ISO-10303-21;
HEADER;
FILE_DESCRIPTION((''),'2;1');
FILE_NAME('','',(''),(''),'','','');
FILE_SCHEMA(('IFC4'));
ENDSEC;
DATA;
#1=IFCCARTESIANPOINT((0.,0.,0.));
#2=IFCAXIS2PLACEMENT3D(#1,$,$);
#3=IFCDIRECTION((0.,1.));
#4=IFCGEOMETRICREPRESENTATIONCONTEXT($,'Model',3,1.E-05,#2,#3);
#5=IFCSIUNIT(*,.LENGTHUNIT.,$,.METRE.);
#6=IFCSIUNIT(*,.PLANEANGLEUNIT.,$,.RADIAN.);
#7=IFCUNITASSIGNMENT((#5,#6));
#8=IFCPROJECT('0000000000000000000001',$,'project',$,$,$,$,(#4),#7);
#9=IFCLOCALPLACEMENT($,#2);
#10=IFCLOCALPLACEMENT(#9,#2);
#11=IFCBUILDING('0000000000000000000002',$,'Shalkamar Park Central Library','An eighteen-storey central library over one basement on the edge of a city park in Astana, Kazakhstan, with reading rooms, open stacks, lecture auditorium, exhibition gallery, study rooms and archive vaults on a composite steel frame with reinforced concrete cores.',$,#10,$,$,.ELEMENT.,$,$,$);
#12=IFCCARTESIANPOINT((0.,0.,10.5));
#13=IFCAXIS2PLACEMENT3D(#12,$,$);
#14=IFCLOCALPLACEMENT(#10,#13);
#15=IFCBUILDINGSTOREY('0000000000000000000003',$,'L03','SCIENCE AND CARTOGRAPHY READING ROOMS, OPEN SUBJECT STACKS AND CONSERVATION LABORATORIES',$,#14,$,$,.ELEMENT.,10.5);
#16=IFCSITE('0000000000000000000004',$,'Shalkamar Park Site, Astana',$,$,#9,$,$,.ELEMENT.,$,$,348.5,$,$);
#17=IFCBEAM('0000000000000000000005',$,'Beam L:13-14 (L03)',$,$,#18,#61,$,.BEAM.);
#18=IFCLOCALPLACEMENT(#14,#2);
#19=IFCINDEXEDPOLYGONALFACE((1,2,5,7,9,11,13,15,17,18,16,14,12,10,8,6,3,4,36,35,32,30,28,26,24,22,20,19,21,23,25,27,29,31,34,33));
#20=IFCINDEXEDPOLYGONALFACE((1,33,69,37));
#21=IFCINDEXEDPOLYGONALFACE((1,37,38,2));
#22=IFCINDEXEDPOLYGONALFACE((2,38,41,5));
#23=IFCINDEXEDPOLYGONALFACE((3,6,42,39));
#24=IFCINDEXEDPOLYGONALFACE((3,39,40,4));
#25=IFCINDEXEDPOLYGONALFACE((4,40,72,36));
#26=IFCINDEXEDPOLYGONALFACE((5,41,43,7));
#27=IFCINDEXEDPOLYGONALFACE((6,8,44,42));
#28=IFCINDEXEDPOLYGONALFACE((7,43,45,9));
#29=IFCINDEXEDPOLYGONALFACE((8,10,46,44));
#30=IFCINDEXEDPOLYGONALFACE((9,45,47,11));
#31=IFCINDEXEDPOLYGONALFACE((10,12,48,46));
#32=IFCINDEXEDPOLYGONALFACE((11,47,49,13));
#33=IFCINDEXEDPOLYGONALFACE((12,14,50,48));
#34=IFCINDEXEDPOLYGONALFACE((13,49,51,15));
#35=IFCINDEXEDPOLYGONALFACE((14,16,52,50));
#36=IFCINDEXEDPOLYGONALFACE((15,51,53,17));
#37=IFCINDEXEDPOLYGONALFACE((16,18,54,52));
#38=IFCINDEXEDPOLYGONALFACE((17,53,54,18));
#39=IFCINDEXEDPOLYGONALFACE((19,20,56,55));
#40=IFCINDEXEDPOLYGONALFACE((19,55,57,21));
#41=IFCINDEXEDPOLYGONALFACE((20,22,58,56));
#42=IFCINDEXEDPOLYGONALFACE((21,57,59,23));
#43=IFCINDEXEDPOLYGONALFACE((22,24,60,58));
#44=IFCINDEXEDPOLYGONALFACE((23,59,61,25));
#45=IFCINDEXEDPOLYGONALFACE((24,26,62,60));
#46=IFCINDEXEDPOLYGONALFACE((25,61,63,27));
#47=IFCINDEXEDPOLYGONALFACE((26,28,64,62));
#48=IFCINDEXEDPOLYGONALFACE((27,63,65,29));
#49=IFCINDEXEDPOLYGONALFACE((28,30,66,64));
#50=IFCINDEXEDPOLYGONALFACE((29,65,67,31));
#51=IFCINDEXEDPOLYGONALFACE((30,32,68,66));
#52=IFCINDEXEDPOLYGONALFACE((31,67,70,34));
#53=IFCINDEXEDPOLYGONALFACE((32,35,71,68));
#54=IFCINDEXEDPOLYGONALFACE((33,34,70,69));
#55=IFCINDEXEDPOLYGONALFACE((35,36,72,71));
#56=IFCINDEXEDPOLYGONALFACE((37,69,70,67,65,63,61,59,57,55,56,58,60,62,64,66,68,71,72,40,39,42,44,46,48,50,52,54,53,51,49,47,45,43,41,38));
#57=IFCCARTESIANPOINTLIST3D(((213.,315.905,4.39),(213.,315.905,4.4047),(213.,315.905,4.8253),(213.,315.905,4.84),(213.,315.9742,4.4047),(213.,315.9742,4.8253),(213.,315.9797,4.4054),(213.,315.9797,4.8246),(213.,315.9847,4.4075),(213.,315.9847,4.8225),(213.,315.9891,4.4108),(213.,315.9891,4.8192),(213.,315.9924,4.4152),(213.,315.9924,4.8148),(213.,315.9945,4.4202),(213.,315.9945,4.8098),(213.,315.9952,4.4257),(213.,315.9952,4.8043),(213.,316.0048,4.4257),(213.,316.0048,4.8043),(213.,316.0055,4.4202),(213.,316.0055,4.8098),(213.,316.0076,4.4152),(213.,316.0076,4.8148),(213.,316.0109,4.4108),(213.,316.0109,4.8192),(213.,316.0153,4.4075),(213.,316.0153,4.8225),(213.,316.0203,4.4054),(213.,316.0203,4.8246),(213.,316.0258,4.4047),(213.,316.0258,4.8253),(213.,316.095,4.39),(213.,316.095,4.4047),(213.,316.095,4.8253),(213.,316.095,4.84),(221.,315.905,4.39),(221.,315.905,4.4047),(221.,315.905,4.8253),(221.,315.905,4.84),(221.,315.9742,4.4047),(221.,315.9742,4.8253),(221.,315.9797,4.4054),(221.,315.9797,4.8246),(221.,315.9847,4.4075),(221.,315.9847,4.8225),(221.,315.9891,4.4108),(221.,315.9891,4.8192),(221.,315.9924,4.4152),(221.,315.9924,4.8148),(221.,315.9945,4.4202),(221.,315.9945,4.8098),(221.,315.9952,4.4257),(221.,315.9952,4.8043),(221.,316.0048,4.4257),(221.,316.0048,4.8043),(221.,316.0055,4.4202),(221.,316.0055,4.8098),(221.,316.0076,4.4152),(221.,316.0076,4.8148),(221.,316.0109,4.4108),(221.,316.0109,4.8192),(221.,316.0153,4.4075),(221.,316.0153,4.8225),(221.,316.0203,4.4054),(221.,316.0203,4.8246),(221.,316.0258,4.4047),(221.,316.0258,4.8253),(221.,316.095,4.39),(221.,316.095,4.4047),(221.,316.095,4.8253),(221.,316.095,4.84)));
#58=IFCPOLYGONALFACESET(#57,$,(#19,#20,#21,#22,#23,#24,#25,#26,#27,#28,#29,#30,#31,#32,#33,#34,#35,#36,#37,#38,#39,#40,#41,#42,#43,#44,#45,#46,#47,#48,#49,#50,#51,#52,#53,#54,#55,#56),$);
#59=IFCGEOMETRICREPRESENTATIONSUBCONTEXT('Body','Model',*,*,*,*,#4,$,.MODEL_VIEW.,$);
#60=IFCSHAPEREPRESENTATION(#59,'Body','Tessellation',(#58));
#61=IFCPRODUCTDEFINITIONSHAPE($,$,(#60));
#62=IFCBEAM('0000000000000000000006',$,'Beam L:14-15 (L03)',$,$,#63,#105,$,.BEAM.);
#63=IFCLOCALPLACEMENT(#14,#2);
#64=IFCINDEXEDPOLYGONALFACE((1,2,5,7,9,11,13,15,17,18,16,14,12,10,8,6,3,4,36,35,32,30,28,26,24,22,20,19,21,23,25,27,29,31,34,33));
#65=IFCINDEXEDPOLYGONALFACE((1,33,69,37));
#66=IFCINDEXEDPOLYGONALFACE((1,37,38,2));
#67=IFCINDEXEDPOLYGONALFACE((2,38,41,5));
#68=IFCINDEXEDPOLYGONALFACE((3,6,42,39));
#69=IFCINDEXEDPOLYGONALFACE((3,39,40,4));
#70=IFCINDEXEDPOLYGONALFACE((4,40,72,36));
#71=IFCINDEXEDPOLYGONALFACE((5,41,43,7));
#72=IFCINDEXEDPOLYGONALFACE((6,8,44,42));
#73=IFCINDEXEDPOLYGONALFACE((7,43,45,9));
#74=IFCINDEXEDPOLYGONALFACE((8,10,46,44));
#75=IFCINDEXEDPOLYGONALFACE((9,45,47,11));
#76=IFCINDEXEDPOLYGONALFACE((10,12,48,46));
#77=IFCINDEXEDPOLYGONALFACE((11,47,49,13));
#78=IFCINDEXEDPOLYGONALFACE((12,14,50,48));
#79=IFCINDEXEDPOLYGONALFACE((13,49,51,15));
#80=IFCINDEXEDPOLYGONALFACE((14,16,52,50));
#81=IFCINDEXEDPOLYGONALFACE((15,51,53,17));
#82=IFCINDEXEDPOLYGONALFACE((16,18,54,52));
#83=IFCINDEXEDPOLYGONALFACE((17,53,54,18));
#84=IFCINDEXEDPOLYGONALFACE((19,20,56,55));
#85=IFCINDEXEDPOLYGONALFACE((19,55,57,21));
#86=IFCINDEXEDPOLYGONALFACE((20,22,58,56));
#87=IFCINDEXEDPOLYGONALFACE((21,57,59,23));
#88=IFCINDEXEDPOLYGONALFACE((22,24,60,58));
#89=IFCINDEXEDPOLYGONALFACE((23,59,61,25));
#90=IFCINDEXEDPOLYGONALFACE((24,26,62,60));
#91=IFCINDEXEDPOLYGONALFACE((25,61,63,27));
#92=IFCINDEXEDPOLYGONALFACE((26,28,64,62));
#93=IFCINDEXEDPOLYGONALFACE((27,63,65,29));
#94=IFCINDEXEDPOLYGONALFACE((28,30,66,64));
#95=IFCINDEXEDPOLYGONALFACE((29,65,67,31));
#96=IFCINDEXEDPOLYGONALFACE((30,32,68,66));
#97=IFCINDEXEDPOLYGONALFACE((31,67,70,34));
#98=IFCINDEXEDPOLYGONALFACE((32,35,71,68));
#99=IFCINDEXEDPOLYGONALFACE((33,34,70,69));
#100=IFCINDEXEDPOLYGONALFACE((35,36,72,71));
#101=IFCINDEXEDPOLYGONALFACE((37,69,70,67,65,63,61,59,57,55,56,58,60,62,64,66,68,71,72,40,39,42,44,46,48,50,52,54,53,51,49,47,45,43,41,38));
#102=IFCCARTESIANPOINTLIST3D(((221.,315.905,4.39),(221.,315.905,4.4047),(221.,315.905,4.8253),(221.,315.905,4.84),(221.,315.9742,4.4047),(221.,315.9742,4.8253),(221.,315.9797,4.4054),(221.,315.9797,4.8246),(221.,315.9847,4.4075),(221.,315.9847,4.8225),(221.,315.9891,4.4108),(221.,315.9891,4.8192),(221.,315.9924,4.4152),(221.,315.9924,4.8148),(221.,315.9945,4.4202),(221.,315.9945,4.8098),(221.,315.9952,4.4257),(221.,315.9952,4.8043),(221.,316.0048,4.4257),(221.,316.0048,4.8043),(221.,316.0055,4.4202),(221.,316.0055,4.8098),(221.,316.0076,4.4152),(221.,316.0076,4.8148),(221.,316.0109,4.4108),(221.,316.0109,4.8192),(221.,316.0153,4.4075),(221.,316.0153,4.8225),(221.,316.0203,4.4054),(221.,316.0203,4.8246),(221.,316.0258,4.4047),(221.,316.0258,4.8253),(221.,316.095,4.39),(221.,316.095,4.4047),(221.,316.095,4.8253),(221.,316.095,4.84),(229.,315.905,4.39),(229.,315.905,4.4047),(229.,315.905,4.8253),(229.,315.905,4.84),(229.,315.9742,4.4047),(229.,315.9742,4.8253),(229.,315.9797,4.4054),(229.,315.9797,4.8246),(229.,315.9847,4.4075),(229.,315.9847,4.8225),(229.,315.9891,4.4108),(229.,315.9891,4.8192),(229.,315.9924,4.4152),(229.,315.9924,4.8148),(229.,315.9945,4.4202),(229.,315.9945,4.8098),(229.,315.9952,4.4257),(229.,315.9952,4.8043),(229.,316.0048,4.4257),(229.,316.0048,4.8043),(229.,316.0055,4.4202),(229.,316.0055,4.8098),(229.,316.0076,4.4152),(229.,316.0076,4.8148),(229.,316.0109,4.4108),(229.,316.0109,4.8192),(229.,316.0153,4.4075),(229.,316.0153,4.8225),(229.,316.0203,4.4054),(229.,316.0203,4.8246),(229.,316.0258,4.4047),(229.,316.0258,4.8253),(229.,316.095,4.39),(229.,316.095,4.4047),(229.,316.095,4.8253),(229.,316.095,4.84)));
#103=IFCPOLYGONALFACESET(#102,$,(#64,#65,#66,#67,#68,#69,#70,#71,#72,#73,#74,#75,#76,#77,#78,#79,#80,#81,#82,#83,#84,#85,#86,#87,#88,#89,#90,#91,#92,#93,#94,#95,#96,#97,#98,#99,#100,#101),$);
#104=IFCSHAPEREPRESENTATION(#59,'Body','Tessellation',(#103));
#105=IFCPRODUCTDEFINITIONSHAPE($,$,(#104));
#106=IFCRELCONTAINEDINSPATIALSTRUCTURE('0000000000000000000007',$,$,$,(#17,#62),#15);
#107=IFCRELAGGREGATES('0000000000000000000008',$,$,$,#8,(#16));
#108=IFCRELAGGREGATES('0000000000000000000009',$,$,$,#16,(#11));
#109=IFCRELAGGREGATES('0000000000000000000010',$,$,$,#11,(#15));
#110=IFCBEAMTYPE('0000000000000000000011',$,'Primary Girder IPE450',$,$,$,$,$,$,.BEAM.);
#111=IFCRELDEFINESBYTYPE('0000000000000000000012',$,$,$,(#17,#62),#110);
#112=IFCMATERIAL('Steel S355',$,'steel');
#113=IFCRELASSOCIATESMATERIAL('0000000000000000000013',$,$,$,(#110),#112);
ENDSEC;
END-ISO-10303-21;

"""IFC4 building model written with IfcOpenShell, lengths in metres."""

from ifc_helpers import new_model, si_unit, direction, frame, origin, origin_2d, place, context, subcontext, project, spatial, i_section, extrude, material, material_profile, profile_set, type_object, element, save


model = new_model("IFC4")

# Units and contexts
model_context = context("Model", 3, precision=1e-05, world=origin(), true_north=direction((0.0, 1.0)))
body_context = subcontext(model_context, "Body", "Model", "MODEL_VIEW")
ifc_project = project(units=[si_unit("LENGTHUNIT", "METRE"), si_unit("PLANEANGLEUNIT", "RADIAN")], contexts=[model_context])

# Site, building, storey
site_placement = place(None, origin())
site = spatial("IfcSite", under=ifc_project, at=site_placement, Name="Shalkamar Park Site, Astana", CompositionType="ELEMENT", RefElevation=348.5)
building_placement = place(site_placement, origin())
building = spatial("IfcBuilding", under=site, at=building_placement, Name="Shalkamar Park Central Library", Description="An eighteen-storey central library over one basement on the edge of a city park in Astana, Kazakhstan, with reading rooms, open stacks, lecture auditorium, exhibition gallery, study rooms and archive vaults on a composite steel frame with reinforced concrete cores.", CompositionType="ELEMENT")
storey_placement = place(building_placement, frame((0.0, 0.0, 10.5)))
storey = spatial("IfcBuildingStorey", under=building, at=storey_placement, Name="L03", Description="SCIENCE AND CARTOGRAPHY READING ROOMS, OPEN SUBJECT STACKS AND CONSERVATION LABORATORIES", CompositionType="ELEMENT", Elevation=10.5)

# Shared definitions
ifc_material = material(Name="Steel S355", Category="steel")

# Beams
ifc_material_profile_1 = material_profile(ifc_material, i_section(OverallWidth=0.1899, OverallDepth=0.45, WebThickness=0.0095, FlangeThickness=0.0146, FilletRadius=0.021, at=origin_2d()), Name="IPE 450")
ifc_profile_set_1 = profile_set([ifc_material_profile_1], Name="Steel S355")
beam_type_1 = type_object("IfcBeamType", Name="Primary Girder IPE450", PredefinedType="BEAM", material=ifc_profile_set_1)
for number, where, z_axis, x_axis, name in (
    (1, (213.0, 316.0, 4.615), (1.0, 0.0, 0.0), (0.0, 1.0, 0.0), "Beam L:13-14 (L03)"),
    (2, (221.0, 316.0, 4.615), (1.0, 0.0, 0.0), (0.0, 1.0, 0.0), "Beam L:14-15 (L03)"),
):
    element("IfcBeam", number, at=place(storey_placement, frame(where, z_axis=z_axis, x_axis=x_axis)), inside=storey, type_object=beam_type_1, Name=name, PredefinedType="BEAM", context=body_context, shape_type="SweptSolid", body=[
        extrude(i_section(OverallWidth=0.1899, OverallDepth=0.45, WebThickness=0.0095, FlangeThickness=0.0146, FilletRadius=0.021, at=origin_2d()), origin(), (0.0, 0.0, 1.0), 8.0),
    ])

save(model, "model.ifc")
